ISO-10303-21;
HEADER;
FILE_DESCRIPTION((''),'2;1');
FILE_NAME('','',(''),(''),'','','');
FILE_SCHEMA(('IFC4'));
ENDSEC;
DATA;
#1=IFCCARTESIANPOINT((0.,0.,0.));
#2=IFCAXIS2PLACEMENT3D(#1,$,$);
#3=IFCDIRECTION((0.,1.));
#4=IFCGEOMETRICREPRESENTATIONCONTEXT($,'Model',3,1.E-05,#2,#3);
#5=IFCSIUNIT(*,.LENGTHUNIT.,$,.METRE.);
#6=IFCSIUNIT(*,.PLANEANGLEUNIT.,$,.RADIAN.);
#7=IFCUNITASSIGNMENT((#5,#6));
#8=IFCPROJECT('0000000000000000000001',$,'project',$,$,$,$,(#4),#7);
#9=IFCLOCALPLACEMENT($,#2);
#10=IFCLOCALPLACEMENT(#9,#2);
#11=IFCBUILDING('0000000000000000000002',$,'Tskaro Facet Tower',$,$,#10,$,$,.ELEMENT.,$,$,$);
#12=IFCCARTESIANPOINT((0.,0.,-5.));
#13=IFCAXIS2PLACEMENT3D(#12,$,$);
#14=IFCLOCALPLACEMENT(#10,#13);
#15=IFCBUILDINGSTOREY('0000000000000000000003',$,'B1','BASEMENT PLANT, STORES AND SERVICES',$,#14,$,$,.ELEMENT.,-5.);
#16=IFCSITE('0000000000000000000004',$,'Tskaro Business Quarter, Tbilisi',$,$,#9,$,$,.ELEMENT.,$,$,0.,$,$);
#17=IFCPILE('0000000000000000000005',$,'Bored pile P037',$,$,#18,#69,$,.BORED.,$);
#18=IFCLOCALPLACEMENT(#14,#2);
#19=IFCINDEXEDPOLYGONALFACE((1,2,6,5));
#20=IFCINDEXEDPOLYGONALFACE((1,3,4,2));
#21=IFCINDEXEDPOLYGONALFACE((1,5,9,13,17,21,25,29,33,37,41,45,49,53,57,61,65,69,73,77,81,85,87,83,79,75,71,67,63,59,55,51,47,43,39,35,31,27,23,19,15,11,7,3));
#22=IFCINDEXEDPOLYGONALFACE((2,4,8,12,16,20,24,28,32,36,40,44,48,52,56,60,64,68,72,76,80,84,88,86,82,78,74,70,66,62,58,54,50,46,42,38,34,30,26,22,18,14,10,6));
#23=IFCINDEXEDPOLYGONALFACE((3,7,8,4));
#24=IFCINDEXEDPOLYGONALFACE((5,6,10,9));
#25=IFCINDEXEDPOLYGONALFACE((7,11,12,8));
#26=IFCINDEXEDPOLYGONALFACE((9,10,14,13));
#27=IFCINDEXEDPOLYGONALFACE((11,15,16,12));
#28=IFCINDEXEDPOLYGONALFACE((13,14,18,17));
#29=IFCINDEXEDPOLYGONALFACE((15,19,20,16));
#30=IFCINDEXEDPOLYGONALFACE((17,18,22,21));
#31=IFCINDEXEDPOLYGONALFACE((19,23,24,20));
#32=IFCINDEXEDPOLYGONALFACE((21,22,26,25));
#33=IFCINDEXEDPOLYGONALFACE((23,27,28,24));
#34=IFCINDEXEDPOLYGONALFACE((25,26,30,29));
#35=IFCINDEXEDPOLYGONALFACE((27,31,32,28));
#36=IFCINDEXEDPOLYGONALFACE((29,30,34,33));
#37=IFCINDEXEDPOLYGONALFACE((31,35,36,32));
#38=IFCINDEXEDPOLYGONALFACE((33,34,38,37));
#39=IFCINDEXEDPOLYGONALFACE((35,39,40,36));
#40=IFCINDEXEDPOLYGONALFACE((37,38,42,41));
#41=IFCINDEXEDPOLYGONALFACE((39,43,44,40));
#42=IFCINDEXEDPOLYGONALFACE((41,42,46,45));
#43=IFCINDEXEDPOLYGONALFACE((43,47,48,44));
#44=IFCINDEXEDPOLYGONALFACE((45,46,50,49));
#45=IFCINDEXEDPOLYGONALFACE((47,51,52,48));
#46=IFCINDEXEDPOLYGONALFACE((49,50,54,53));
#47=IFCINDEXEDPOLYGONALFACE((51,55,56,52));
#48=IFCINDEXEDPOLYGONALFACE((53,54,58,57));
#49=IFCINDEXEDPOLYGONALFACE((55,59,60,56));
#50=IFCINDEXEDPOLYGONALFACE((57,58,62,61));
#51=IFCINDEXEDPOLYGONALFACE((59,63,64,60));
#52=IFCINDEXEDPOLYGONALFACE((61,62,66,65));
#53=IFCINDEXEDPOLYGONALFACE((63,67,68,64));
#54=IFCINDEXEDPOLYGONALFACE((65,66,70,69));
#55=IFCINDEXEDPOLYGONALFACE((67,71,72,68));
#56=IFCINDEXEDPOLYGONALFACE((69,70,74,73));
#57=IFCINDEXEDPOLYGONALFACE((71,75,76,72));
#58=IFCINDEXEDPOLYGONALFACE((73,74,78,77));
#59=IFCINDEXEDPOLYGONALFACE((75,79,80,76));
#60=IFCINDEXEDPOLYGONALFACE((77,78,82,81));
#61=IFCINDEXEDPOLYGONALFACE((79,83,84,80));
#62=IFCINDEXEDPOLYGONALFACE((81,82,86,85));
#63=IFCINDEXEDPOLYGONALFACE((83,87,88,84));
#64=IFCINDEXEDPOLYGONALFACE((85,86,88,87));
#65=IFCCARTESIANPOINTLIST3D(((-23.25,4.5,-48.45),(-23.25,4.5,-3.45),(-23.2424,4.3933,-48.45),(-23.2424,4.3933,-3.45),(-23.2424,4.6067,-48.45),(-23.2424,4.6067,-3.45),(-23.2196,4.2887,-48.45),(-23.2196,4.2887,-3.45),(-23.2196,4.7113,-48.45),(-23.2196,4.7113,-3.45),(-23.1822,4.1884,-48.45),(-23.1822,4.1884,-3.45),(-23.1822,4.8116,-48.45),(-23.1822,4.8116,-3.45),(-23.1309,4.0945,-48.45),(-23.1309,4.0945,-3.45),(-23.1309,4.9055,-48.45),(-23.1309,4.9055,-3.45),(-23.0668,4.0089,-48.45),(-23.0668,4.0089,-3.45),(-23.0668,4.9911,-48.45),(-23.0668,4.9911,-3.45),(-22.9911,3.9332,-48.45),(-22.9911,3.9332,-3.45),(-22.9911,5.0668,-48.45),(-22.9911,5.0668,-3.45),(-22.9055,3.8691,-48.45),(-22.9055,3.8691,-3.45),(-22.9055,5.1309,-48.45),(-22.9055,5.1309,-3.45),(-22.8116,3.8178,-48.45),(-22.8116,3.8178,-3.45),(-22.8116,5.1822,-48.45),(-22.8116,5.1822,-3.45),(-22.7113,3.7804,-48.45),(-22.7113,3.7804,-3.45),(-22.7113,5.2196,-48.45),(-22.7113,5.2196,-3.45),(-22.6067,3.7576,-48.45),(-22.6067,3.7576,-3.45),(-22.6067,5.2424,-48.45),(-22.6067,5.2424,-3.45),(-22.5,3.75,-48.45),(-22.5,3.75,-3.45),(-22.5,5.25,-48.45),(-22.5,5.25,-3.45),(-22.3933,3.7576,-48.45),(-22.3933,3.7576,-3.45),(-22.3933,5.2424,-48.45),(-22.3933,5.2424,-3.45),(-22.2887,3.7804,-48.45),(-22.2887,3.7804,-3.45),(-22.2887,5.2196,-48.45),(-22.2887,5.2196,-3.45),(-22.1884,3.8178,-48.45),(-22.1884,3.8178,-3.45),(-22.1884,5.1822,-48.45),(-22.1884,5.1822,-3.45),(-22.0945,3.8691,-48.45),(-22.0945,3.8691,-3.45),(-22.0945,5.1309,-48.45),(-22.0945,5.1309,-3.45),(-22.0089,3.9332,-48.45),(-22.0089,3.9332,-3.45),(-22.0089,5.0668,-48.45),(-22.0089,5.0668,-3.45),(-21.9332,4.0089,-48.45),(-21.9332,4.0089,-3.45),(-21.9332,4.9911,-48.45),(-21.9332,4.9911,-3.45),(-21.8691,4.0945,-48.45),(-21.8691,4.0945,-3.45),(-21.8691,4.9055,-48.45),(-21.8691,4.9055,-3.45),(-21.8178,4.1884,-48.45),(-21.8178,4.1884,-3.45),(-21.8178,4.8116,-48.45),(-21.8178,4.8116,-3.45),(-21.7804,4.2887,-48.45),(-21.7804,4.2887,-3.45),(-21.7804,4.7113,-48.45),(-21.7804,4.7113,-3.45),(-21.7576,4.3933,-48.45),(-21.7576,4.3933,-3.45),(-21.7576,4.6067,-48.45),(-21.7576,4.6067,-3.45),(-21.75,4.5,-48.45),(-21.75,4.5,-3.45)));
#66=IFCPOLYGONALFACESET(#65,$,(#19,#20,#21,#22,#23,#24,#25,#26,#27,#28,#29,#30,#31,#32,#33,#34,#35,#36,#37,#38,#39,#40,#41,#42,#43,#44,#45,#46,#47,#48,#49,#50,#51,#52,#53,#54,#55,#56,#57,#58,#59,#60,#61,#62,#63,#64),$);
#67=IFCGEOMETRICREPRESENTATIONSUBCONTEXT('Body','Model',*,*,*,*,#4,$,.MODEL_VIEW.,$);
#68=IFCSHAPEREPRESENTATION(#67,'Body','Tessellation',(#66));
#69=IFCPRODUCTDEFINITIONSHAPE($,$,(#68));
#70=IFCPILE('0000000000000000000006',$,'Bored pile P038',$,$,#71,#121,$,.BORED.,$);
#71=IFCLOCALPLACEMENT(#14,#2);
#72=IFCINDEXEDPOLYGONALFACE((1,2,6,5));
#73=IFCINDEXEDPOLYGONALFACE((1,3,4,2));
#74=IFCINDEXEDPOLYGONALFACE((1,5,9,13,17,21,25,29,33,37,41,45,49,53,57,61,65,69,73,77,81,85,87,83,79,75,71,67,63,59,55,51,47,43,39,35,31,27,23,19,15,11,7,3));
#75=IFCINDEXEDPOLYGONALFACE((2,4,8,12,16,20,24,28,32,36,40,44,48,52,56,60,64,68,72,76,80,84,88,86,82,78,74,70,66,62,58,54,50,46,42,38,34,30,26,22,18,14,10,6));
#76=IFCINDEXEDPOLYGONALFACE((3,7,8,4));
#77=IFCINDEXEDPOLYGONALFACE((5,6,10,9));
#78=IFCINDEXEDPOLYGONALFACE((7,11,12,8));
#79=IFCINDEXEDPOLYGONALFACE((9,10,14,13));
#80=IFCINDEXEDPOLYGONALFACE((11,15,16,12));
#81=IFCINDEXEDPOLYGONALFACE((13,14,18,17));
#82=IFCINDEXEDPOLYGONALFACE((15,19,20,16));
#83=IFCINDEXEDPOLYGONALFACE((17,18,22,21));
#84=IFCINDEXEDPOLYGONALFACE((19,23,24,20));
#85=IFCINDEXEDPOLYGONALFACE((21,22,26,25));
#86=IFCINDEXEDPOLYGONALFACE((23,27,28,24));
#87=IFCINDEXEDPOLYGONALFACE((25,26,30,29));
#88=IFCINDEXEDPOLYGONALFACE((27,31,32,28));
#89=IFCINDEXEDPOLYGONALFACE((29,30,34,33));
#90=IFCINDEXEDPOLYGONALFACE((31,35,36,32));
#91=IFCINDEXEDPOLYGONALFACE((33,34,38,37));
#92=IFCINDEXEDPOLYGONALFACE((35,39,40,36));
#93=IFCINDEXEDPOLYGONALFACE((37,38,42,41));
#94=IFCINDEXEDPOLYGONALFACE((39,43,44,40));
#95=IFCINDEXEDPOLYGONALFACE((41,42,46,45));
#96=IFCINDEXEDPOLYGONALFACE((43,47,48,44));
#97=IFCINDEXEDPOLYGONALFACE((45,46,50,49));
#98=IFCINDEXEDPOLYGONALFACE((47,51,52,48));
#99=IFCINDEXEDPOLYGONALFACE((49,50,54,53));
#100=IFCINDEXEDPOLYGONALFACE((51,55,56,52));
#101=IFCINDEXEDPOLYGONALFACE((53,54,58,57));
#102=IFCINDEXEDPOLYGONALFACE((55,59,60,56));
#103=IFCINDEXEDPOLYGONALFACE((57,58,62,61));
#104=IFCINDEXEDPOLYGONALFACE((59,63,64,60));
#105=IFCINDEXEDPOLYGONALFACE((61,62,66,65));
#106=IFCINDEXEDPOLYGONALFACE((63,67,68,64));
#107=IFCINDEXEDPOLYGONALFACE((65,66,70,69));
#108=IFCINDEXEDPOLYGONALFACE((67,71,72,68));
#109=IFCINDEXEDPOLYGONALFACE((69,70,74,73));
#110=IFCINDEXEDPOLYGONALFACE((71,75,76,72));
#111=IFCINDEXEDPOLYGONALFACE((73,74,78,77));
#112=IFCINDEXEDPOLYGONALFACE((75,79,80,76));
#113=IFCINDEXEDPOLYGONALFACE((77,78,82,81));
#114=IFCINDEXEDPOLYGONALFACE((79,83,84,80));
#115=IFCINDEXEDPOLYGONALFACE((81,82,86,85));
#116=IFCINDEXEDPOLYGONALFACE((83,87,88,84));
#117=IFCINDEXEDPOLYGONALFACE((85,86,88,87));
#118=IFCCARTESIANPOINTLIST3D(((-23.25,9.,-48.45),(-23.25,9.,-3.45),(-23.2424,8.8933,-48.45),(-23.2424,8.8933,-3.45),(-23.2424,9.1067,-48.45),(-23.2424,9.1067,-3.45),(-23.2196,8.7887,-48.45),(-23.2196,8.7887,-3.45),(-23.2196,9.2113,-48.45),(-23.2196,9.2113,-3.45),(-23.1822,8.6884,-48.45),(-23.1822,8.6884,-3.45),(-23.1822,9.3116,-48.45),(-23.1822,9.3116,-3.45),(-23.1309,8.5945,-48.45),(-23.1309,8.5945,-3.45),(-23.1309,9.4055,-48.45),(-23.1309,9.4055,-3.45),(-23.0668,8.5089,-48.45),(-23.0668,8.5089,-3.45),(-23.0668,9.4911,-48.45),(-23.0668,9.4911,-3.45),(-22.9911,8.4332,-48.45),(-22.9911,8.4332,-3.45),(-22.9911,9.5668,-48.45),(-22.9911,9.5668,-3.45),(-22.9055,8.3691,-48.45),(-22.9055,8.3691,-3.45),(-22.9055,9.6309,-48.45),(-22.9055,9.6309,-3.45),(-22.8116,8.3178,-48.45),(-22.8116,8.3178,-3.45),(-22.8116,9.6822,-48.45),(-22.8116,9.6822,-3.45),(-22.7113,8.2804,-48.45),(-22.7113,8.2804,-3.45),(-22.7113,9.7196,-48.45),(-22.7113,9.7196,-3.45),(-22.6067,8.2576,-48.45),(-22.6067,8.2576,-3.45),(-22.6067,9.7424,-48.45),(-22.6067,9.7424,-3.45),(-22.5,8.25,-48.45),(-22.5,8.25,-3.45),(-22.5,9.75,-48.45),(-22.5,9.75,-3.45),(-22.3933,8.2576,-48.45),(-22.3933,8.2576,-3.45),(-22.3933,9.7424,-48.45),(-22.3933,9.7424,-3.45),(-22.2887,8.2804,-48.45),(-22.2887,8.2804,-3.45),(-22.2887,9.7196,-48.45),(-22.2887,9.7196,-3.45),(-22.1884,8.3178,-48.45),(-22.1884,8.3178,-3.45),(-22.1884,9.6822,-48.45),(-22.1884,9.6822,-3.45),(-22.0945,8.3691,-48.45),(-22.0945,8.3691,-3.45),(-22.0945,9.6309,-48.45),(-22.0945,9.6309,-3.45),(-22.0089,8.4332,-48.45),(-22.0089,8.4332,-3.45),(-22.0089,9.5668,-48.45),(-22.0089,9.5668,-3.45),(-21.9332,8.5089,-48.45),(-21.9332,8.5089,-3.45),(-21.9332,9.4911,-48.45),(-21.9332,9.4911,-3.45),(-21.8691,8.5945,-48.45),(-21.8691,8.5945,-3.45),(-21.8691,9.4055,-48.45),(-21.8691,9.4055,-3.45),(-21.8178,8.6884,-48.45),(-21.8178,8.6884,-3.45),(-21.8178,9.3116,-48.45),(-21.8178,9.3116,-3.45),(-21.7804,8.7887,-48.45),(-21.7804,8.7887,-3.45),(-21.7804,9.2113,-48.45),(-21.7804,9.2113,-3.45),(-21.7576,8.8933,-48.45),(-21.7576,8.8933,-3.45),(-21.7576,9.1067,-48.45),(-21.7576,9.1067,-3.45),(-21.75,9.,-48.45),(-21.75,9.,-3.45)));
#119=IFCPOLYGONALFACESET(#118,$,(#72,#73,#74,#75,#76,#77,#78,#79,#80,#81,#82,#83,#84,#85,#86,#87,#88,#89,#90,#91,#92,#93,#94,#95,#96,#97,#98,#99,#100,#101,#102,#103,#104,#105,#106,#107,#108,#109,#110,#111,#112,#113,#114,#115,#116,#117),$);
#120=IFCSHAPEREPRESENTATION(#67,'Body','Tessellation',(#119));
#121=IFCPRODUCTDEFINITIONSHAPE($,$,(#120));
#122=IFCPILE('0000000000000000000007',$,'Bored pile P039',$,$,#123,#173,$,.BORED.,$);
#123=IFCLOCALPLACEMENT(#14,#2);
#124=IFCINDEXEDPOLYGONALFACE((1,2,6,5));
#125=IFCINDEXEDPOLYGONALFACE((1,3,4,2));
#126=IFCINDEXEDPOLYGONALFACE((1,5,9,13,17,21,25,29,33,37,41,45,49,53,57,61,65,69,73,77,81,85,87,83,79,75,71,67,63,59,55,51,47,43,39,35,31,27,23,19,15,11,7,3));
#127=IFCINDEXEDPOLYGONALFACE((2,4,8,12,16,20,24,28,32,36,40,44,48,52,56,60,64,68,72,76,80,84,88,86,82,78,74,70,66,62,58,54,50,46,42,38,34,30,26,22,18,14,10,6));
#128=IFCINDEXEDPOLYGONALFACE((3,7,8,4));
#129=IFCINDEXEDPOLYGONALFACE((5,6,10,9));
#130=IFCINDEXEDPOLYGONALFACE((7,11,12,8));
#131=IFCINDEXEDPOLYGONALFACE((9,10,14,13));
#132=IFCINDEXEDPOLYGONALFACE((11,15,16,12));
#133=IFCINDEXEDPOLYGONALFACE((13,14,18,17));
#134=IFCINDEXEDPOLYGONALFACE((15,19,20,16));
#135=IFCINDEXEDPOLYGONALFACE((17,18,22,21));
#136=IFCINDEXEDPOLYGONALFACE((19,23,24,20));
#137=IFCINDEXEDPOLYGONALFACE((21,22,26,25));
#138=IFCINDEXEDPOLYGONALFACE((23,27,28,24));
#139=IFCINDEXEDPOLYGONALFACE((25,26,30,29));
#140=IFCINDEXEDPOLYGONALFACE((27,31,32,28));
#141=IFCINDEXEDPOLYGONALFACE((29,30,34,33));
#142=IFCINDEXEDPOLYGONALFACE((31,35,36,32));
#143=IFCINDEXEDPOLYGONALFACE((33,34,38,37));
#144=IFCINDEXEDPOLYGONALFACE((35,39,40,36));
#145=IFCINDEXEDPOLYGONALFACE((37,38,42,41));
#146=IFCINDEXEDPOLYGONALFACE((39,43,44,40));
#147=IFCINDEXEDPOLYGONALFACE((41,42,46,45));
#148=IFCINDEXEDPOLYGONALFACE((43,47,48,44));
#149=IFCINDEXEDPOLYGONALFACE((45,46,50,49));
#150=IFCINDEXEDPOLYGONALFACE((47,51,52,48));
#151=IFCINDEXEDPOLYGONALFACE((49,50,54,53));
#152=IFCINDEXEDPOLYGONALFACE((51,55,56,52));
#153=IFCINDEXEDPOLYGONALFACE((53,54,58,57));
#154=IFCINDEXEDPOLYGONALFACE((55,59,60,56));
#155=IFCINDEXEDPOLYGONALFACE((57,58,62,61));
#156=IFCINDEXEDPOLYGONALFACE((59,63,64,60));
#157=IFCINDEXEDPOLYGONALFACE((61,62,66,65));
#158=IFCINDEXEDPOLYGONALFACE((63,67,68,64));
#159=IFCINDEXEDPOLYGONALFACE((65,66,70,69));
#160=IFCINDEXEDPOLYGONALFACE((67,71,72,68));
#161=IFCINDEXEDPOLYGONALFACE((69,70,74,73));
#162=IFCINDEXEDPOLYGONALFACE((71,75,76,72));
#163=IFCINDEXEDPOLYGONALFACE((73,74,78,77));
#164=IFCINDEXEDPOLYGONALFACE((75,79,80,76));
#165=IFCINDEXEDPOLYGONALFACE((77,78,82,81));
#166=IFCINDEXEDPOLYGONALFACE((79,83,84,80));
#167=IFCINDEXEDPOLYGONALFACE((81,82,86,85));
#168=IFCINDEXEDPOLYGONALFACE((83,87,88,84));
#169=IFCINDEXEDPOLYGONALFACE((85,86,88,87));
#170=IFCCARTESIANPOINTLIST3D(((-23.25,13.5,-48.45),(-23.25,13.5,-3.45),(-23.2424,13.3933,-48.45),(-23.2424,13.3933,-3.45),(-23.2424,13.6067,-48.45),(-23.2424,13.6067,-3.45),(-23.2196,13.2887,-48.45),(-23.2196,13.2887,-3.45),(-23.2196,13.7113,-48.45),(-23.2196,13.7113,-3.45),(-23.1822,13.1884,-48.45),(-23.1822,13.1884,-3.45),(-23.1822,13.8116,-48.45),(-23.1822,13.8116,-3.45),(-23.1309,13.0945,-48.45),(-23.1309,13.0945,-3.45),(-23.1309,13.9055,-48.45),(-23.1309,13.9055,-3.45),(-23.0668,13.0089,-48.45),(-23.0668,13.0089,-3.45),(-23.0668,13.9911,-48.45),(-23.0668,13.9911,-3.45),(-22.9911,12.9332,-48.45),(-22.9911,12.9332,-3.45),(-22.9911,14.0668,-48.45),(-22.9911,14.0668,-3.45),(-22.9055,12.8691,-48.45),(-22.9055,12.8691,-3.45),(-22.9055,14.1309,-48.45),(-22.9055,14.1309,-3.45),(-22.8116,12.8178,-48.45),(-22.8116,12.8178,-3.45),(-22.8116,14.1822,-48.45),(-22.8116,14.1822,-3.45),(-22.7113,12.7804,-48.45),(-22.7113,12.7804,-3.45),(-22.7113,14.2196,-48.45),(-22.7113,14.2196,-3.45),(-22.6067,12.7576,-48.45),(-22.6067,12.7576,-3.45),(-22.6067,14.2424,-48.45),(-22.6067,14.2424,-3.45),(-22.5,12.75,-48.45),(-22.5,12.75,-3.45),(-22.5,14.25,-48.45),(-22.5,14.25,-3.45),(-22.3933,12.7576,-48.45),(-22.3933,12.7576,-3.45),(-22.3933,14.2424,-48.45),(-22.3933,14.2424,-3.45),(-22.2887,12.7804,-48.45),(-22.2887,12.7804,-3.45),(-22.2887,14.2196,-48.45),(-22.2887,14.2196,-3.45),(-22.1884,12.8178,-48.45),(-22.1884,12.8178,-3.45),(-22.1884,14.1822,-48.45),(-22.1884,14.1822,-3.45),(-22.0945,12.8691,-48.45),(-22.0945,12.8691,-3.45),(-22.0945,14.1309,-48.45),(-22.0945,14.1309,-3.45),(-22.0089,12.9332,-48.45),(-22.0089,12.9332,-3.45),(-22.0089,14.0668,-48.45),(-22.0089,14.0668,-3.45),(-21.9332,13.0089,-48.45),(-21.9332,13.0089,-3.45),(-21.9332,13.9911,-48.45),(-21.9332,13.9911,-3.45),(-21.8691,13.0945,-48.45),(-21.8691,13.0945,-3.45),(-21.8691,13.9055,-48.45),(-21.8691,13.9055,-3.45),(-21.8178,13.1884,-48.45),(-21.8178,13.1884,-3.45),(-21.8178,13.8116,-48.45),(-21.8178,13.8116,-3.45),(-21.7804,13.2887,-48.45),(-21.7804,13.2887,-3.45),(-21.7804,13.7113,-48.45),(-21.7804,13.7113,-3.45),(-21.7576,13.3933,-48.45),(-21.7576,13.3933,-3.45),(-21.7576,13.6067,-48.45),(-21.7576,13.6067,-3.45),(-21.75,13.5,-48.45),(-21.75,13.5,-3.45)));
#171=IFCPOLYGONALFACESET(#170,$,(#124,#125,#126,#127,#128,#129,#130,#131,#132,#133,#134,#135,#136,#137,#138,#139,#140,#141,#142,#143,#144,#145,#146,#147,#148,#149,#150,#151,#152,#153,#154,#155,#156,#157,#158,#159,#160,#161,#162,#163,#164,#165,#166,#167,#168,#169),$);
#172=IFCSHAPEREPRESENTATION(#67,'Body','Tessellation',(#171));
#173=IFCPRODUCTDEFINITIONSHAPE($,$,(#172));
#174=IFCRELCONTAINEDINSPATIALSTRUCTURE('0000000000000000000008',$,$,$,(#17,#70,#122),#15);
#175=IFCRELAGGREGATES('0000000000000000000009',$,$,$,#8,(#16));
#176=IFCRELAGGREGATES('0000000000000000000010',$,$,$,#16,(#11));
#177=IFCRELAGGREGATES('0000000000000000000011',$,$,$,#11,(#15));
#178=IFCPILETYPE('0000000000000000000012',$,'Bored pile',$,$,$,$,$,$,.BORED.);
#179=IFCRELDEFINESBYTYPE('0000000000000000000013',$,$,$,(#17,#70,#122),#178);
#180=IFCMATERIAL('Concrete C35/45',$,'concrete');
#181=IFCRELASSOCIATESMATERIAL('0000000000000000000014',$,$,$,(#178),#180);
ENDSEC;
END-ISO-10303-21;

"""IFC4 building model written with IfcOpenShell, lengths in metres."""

from ifc_helpers import new_model, si_unit, direction, frame, origin, origin_2d, place, context, subcontext, project, spatial, circle, extrude, material, material_profile, profile_set, type_object, element, save


model = new_model("IFC4")

# Units and contexts
model_context = context("Model", 3, precision=1e-05, world=origin(), true_north=direction((0.0, 1.0)))
body_context = subcontext(model_context, "Body", "Model", "MODEL_VIEW")
ifc_project = project(units=[si_unit("LENGTHUNIT", "METRE"), si_unit("PLANEANGLEUNIT", "RADIAN")], contexts=[model_context])

# Site, building, storey
site_placement = place(None, origin())
site = spatial("IfcSite", under=ifc_project, at=site_placement, Name="Tskaro Business Quarter, Tbilisi", CompositionType="ELEMENT", RefElevation=0.0)
building_placement = place(site_placement, origin())
building = spatial("IfcBuilding", under=site, at=building_placement, Name="Tskaro Facet Tower", CompositionType="ELEMENT")
storey_placement = place(building_placement, frame((0.0, 0.0, -5.0)))
storey = spatial("IfcBuildingStorey", under=building, at=storey_placement, Name="B1", Description="BASEMENT PLANT, STORES AND SERVICES", CompositionType="ELEMENT", Elevation=-5.0)

# Piles
ifc_material_1 = material(Name="Concrete C35/45", Category="concrete")
ifc_material_profile_1 = material_profile(ifc_material_1, circle(Radius=0.75, at=origin_2d()), Name="Bored pile")
ifc_profile_set_1 = profile_set([ifc_material_profile_1], Name="Concrete C35/45")
pile_type = type_object("IfcPileType", Name="Bored pile", PredefinedType="BORED", material=ifc_profile_set_1)
for number, where, z_axis, x_axis, name in (
    (1, (-22.5, 4.5, -3.45), (0.0, 0.0, -1.0), (1.0, 0.0, 0.0), "Bored pile P037"),
    (2, (-22.5, 9.0, -3.45), (0.0, 0.0, -1.0), (1.0, 0.0, 0.0), "Bored pile P038"),
    (3, (-22.5, 13.5, -3.45), (0.0, 0.0, -1.0), (1.0, 0.0, 0.0), "Bored pile P039"),
):
    element("IfcPile", number, at=place(storey_placement, frame(where, z_axis=z_axis, x_axis=x_axis)), inside=storey, type_object=pile_type, Name=name, PredefinedType="BORED", context=body_context, shape_type="SweptSolid", body=[
        extrude(circle(Radius=0.75, at=origin_2d()), origin(), (0.0, 0.0, 1.0), 45.0),
    ])

save(model, "model.ifc")
